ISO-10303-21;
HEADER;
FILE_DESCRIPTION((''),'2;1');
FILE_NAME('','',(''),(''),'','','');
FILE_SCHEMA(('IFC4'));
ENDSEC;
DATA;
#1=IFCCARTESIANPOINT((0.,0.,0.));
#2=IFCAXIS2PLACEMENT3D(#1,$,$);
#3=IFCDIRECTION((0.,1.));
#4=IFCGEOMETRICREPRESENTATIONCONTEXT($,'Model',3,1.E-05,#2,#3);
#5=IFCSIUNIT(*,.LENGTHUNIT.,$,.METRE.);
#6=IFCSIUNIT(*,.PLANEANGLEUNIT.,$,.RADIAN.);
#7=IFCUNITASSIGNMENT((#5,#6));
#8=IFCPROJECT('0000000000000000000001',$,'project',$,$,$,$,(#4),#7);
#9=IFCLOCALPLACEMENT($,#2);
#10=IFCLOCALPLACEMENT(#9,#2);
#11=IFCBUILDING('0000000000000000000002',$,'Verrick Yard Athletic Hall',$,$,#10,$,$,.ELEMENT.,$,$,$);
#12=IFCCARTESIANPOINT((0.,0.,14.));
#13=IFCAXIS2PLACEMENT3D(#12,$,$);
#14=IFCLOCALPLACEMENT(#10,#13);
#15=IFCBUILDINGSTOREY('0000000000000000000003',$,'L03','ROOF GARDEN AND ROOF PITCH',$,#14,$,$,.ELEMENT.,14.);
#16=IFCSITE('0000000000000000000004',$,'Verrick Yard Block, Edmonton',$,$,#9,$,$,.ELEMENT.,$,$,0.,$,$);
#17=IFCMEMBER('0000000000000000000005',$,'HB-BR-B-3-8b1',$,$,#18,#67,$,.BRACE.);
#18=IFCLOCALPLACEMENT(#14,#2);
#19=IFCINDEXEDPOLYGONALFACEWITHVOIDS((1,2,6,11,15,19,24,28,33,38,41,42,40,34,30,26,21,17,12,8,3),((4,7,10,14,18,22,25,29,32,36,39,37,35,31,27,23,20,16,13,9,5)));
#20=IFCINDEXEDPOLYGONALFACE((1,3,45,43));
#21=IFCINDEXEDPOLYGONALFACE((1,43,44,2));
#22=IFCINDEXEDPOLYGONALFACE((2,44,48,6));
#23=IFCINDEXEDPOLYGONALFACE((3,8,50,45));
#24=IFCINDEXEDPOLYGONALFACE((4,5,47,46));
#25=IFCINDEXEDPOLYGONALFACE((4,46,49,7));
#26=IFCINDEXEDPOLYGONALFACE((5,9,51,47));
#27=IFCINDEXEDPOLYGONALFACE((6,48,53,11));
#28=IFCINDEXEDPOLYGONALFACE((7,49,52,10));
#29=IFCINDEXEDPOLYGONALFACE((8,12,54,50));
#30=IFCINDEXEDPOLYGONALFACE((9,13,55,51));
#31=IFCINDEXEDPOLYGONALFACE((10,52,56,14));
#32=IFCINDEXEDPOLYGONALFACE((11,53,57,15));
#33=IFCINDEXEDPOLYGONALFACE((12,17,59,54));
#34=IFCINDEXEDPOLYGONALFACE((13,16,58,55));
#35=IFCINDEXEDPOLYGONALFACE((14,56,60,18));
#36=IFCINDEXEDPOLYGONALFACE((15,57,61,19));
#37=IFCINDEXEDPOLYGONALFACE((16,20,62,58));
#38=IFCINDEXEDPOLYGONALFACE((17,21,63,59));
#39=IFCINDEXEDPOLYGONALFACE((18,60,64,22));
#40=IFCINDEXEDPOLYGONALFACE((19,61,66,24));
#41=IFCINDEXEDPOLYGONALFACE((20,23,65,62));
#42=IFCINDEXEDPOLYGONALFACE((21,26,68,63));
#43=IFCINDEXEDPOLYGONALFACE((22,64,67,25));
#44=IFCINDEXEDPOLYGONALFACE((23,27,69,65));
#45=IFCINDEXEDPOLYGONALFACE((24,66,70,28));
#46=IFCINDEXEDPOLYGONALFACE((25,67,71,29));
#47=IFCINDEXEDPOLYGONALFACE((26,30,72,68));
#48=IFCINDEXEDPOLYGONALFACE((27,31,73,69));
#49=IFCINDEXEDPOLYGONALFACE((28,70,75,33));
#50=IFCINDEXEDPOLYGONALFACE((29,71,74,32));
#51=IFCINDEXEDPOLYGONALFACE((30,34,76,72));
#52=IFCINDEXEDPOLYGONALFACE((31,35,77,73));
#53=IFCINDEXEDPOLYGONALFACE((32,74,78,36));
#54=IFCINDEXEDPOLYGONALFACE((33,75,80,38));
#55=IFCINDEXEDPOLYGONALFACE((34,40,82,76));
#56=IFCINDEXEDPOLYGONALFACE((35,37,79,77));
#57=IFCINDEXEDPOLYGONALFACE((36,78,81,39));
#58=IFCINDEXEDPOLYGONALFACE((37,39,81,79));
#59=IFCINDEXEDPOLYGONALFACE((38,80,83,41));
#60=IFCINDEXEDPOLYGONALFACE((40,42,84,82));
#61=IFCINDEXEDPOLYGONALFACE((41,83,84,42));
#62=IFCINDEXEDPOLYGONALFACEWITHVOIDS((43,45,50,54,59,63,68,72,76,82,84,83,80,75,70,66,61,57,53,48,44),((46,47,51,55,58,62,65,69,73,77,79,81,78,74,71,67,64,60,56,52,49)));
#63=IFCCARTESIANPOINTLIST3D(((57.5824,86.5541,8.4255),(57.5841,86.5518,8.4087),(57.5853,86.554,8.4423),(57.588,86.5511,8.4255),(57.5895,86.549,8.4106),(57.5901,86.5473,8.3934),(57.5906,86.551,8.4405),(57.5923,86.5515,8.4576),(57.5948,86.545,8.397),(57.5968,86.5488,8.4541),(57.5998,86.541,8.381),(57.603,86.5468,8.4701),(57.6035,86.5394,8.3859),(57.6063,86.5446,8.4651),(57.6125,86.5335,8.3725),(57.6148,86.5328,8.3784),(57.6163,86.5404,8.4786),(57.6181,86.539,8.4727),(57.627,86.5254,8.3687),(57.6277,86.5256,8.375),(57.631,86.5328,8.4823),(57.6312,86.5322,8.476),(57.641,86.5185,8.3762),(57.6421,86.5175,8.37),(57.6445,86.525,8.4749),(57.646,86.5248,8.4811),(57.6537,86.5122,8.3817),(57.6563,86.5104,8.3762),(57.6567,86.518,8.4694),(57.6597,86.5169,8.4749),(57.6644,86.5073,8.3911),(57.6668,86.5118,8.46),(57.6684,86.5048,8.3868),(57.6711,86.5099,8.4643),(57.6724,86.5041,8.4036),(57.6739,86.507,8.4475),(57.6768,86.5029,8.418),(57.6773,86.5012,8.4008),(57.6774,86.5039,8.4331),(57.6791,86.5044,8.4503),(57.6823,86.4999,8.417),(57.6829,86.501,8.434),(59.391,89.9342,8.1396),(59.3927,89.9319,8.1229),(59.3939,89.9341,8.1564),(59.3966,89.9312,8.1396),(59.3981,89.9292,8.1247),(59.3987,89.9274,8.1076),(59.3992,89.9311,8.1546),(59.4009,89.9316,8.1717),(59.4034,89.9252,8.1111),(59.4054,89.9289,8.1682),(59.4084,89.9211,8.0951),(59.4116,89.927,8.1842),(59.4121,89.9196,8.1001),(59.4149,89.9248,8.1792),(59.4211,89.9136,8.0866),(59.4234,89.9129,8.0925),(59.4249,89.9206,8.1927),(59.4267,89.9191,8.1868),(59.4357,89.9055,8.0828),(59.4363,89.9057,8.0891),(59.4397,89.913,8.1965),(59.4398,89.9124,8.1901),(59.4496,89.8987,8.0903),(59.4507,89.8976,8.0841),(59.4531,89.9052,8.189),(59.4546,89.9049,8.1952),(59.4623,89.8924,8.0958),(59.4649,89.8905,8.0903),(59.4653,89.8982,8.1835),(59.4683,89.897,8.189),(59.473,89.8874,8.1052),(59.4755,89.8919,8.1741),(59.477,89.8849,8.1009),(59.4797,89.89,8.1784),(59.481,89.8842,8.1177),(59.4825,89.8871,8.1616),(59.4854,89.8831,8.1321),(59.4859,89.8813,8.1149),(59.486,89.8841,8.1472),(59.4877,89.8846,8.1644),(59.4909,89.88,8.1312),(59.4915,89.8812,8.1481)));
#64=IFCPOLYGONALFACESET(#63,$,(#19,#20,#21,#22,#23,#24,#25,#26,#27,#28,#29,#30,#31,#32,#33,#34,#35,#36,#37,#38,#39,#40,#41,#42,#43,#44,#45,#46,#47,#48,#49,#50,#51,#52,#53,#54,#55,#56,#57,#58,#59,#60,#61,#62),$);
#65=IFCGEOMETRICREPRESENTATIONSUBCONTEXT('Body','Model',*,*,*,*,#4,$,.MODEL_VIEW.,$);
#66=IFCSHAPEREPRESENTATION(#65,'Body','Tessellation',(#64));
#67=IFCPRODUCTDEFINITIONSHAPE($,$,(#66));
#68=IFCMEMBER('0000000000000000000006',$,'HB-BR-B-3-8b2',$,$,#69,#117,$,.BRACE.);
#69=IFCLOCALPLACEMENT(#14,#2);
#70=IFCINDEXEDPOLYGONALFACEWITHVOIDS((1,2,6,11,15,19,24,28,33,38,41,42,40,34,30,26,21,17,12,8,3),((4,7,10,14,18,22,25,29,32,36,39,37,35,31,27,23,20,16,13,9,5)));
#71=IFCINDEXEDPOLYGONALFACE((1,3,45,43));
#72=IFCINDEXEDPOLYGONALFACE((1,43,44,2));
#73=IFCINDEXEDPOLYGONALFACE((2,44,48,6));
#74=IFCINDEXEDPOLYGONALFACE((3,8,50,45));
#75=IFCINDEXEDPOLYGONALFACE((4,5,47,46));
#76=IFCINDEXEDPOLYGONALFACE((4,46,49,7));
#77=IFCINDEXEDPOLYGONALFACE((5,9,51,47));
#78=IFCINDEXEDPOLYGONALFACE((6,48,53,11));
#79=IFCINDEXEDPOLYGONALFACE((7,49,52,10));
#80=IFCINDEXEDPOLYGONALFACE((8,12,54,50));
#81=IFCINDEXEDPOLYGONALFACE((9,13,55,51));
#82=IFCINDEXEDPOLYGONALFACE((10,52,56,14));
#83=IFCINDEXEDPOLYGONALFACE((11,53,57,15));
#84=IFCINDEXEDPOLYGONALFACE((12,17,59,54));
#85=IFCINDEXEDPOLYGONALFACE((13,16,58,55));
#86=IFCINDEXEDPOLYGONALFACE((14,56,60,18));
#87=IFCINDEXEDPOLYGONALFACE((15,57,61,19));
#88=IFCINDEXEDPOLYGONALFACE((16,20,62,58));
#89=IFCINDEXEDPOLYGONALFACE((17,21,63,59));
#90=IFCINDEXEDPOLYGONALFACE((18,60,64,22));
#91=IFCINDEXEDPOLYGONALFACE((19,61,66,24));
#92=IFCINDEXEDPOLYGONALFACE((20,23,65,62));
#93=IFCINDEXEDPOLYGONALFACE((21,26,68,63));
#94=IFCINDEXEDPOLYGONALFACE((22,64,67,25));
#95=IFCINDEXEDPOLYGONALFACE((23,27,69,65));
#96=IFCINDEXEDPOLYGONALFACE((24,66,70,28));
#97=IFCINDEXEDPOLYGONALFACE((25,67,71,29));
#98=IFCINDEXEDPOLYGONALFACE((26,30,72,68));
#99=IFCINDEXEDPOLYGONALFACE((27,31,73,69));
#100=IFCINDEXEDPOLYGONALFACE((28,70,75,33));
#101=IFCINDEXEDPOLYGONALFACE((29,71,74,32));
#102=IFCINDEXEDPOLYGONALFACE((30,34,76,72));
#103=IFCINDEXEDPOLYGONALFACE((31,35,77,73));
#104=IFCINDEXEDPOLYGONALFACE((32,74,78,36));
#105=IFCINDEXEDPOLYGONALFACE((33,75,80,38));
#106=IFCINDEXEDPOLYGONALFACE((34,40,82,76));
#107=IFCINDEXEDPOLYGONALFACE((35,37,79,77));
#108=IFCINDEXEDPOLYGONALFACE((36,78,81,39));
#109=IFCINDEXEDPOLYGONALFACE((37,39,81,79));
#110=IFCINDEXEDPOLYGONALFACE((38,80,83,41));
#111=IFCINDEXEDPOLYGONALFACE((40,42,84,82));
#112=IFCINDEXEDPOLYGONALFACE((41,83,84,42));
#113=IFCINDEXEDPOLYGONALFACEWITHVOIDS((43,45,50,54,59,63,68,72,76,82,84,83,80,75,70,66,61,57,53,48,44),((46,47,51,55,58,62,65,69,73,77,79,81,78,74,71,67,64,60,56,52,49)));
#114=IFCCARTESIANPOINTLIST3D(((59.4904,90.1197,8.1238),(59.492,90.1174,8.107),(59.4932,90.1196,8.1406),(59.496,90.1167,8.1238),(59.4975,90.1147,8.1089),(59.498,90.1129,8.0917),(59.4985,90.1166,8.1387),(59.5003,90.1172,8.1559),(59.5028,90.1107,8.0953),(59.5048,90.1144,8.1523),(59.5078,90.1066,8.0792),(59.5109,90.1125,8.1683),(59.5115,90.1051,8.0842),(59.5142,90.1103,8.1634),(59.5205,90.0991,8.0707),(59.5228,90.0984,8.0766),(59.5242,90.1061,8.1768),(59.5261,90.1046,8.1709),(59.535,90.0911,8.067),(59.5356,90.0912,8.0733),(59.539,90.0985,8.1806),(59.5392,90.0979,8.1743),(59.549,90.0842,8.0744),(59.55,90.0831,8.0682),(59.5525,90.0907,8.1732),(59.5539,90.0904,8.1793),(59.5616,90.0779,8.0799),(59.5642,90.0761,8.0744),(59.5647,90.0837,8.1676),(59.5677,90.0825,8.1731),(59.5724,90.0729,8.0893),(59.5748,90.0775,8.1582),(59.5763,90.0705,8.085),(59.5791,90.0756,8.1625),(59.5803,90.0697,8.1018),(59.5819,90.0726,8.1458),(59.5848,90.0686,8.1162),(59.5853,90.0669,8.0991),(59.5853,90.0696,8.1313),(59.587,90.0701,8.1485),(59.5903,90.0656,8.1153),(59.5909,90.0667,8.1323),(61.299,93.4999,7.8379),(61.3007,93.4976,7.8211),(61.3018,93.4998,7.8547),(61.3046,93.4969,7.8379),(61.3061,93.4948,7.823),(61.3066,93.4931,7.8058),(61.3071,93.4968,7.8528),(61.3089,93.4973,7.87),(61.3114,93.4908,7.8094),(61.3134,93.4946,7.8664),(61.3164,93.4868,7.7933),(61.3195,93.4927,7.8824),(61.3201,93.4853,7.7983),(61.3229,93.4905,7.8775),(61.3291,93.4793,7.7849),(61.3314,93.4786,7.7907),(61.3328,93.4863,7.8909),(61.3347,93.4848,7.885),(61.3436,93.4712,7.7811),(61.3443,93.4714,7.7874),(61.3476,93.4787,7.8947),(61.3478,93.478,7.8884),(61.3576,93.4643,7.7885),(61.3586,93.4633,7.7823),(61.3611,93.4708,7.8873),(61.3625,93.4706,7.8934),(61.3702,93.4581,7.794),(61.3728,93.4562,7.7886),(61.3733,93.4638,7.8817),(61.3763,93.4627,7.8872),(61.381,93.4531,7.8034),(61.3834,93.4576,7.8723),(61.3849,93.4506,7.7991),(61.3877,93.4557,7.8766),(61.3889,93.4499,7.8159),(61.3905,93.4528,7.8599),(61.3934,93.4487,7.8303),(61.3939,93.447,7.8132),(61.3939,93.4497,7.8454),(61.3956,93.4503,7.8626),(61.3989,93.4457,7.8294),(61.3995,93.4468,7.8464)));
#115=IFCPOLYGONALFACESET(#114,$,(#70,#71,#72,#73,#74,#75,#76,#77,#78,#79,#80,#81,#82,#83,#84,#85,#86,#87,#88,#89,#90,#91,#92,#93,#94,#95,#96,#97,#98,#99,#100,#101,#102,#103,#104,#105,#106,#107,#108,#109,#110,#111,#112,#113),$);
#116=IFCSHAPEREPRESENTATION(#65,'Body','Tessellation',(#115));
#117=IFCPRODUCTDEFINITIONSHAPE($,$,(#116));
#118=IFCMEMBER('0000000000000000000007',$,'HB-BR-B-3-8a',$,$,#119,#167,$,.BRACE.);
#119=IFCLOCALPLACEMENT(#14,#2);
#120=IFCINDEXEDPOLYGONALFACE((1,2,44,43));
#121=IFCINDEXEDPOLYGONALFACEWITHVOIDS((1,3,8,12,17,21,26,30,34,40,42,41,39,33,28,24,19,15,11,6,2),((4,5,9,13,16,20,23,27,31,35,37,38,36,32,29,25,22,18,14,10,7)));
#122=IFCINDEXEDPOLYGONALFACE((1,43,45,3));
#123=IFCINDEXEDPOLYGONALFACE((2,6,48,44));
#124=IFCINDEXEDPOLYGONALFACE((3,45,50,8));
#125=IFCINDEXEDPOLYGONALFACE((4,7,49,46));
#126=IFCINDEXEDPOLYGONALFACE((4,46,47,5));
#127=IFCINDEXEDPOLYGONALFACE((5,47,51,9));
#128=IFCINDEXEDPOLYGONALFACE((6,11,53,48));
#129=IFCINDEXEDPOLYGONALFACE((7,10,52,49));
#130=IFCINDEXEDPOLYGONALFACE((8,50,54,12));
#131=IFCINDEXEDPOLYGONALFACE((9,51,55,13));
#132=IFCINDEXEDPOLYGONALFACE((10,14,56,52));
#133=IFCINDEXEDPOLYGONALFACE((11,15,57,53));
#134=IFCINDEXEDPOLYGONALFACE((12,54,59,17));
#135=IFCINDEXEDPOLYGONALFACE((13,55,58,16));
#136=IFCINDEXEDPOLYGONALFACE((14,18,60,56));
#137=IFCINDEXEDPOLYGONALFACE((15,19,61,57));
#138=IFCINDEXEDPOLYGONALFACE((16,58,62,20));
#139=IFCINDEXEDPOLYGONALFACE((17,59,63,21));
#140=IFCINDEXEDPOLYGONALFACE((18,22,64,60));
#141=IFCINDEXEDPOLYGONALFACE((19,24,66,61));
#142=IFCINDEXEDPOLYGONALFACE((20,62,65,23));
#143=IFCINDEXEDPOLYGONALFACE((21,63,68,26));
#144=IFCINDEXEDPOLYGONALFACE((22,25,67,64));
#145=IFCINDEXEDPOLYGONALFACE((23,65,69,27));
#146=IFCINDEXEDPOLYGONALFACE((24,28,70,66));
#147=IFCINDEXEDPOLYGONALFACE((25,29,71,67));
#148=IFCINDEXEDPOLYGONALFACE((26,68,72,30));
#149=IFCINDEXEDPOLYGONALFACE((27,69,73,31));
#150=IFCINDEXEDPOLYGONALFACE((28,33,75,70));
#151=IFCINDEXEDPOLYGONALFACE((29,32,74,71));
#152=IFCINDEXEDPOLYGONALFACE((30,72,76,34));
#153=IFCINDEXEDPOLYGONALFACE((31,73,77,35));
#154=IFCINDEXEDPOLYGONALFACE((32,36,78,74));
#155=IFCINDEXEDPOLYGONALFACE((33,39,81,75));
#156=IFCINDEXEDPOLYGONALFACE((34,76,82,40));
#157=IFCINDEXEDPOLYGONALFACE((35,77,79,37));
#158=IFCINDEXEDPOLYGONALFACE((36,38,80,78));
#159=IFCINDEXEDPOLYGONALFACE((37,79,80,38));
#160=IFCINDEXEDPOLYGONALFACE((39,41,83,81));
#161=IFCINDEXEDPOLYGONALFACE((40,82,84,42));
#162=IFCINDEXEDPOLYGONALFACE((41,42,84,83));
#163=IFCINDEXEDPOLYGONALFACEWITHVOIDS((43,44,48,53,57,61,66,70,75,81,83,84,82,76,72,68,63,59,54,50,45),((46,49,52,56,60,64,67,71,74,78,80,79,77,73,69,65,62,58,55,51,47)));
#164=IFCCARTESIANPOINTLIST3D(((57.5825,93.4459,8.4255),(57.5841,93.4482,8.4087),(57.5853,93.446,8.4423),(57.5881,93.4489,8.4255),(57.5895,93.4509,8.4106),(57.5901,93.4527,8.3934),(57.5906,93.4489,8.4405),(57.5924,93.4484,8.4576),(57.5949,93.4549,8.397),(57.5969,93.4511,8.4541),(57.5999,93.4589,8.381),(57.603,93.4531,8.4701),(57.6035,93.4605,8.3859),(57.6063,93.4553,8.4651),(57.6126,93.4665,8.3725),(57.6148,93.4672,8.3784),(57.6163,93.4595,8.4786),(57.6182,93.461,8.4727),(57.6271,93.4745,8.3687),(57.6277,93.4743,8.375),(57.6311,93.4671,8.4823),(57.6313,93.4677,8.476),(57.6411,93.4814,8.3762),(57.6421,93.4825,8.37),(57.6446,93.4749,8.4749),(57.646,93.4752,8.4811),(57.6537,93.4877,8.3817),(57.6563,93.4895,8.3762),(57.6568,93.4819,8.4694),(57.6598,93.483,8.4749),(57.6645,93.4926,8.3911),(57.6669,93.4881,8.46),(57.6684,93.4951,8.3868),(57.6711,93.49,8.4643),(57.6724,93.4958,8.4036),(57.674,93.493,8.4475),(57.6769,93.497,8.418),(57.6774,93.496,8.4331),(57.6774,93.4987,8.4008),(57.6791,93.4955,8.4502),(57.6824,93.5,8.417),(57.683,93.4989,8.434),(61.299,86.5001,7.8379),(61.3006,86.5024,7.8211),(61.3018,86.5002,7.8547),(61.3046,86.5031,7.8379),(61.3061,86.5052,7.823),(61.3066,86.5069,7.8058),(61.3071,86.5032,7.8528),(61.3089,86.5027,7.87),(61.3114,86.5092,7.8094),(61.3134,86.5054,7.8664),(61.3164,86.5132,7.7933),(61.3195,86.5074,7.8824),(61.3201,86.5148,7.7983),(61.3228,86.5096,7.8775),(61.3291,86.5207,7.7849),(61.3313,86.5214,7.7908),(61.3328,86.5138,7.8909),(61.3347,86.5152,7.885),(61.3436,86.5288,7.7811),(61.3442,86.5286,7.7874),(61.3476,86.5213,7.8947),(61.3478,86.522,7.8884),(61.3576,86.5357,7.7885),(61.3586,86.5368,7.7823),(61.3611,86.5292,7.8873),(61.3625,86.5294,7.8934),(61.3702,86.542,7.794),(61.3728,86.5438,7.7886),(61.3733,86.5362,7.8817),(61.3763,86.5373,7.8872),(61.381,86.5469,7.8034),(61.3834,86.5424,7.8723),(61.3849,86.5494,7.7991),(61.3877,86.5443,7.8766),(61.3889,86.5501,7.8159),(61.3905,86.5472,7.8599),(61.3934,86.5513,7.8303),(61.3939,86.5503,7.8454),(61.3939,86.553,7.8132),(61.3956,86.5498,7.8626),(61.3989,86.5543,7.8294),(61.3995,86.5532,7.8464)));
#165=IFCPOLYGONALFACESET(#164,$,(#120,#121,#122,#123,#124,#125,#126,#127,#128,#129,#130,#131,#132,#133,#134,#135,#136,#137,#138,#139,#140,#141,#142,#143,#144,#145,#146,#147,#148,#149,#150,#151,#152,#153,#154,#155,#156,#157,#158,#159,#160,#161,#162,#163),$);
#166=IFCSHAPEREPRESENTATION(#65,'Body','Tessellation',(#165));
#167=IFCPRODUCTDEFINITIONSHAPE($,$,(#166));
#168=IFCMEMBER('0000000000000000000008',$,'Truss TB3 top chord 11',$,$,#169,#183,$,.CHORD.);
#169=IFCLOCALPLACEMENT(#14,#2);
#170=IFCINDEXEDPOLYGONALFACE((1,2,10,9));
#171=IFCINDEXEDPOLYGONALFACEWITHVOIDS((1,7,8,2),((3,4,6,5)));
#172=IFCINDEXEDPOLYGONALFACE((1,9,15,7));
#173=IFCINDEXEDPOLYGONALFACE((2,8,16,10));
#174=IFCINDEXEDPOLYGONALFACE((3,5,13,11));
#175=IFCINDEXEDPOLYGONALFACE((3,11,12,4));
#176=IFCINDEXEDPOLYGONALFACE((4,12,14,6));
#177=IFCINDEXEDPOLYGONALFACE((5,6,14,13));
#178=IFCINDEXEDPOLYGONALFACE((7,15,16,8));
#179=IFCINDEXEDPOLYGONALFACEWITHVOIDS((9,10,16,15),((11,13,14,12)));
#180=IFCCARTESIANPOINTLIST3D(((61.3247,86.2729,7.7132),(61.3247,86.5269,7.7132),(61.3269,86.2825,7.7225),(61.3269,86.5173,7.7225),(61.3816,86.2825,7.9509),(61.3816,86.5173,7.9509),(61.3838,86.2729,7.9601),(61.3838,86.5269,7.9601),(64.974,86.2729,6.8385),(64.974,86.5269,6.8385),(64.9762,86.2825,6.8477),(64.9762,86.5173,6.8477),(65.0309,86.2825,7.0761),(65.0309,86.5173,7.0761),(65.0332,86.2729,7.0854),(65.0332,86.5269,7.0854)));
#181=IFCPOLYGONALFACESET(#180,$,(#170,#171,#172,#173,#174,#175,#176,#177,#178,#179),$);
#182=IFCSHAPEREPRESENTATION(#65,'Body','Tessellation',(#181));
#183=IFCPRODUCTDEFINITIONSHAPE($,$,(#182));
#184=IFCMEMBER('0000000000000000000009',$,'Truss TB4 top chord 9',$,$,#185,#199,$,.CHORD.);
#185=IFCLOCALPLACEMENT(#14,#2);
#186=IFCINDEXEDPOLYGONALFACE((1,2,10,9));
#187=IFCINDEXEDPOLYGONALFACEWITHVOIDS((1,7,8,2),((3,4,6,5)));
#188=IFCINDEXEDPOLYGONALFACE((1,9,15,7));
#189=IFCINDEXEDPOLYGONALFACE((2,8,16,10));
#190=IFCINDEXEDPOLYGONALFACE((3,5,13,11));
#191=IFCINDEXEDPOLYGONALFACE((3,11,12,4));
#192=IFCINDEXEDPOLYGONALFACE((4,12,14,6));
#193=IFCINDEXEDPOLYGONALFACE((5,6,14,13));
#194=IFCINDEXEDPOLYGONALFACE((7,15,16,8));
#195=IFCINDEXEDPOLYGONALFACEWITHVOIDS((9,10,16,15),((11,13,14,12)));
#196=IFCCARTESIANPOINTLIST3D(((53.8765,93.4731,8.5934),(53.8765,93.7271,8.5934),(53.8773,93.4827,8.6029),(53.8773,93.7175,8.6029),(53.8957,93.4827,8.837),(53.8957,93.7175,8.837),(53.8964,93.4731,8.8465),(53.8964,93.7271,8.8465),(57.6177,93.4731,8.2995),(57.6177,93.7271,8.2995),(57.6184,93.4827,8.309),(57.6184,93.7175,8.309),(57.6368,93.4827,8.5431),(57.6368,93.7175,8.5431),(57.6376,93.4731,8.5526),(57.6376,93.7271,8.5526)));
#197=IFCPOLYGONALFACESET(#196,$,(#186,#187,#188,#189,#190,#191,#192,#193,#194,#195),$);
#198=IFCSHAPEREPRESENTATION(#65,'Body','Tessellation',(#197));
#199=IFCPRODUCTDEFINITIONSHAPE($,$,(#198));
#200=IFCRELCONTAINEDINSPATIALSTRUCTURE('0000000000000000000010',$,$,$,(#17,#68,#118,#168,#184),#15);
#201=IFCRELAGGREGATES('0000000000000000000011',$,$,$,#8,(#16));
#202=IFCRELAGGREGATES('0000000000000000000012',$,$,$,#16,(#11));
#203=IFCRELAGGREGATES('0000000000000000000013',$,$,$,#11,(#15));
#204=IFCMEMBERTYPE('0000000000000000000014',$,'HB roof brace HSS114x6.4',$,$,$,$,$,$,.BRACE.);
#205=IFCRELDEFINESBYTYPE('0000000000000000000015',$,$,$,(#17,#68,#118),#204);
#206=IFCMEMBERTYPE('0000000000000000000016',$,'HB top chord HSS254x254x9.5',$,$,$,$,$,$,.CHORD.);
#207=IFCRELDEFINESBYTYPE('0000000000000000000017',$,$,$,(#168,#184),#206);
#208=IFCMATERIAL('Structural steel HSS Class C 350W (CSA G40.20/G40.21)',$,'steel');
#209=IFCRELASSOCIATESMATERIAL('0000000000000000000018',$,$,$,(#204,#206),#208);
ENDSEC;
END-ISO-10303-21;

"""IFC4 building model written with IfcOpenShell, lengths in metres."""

from ifc_helpers import new_model, si_unit, direction, frame, origin, origin_2d, place, context, subcontext, project, spatial, hollow_rectangle, hollow_circle, extrude, material, material_profile, profile_set, type_object, element, save


model = new_model("IFC4")

# Units and contexts
model_context = context("Model", 3, precision=1e-05, world=origin(), true_north=direction((0.0, 1.0)))
body_context = subcontext(model_context, "Body", "Model", "MODEL_VIEW")
ifc_project = project(units=[si_unit("LENGTHUNIT", "METRE"), si_unit("PLANEANGLEUNIT", "RADIAN")], contexts=[model_context])

# Site, building, storey
site_placement = place(None, origin())
site = spatial("IfcSite", under=ifc_project, at=site_placement, Name="Verrick Yard Block, Edmonton", CompositionType="ELEMENT", RefElevation=0.0)
building_placement = place(site_placement, origin())
building = spatial("IfcBuilding", under=site, at=building_placement, Name="Verrick Yard Athletic Hall", CompositionType="ELEMENT")
storey_placement = place(building_placement, frame((0.0, 0.0, 14.0)))
storey = spatial("IfcBuildingStorey", under=building, at=storey_placement, Name="L03", Description="ROOF GARDEN AND ROOF PITCH", CompositionType="ELEMENT", Elevation=14.0)

# Members
ifc_material_1 = material(Name="Structural steel HSS Class C 350W (CSA G40.20/G40.21)", Category="steel")
ifc_material_profile_1 = material_profile(ifc_material_1, hollow_circle(Radius=0.0571, WallThickness=0.0063, at=origin_2d()), Name="HSS114x6.4")
ifc_profile_set_1 = profile_set([ifc_material_profile_1], Name="Structural steel HSS Class C 350W (CSA G40.20/G40.21)")
member_type_1 = type_object("IfcMemberType", Name="HB roof brace HSS114x6.4", PredefinedType="BRACE", material=ifc_profile_set_1)
for number, where, z_axis, x_axis, name in (
    (1, (57.6328, 86.5271, 8.4255), (0.470471, 0.879276, -0.074369), (-0.881717, 0.471778, 0.0), "HB-BR-B-3-8b1"),
    (2, (59.5408, 90.0928, 8.1238), (0.470471, 0.879276, -0.074369), (-0.881717, 0.471778, 0.0), "HB-BR-B-3-8b2"),
):
    element("IfcMember", number, at=place(storey_placement, frame(where, z_axis=z_axis, x_axis=x_axis)), inside=storey, type_object=member_type_1, Name=name, PredefinedType="BRACE", context=body_context, shape_type="SweptSolid", body=[
        extrude(hollow_circle(Radius=0.0571, WallThickness=0.0063, at=origin_2d()), origin(), (0.0, 0.0, 1.0), 3.8442),
    ])
member_1_placement = place(storey_placement, frame((61.3494, 86.5271, 7.8379), z_axis=(-0.470479, 0.87927, 0.07439), x_axis=(-0.881713, -0.471786, 0.0)))
element("IfcMember", 3, at=member_1_placement, inside=storey, type_object=member_type_1, Name="HB-BR-B-3-8a", PredefinedType="BRACE", context=body_context, shape_type="SweptSolid", body=[
    extrude(hollow_circle(Radius=0.0571, WallThickness=0.0063, at=origin_2d()), origin(), (0.0, 0.0, 1.0), 7.8994),
])
ifc_material_profile_2 = material_profile(ifc_material_1, hollow_rectangle(XDim=0.2539, YDim=0.2539, WallThickness=0.0095, at=origin_2d()), Name="HSS254x254x9.5")
ifc_profile_set_2 = profile_set([ifc_material_profile_2], Name="Structural steel HSS Class C 350W (CSA G40.20/G40.21)")
member_type_2 = type_object("IfcMemberType", Name="HB top chord HSS254x254x9.5", PredefinedType="CHORD", material=ifc_profile_set_2)
for number, where, z_axis, x_axis, name in (
    (4, (61.3542, 86.3999, 7.8367), (0.972454, 0.0, -0.233095), (0.0, 1.0, 0.0), "Truss TB3 top chord 11"),
    (5, (53.8865, 93.6001, 8.72), (0.996928, 0.0, -0.078328), (0.0, 1.0, 0.0), "Truss TB4 top chord 9"),
):
    element("IfcMember", number, at=place(storey_placement, frame(where, z_axis=z_axis, x_axis=x_axis)), inside=storey, type_object=member_type_2, Name=name, PredefinedType="CHORD", context=body_context, shape_type="SweptSolid", body=[
        extrude(hollow_rectangle(XDim=0.2539, YDim=0.2539, WallThickness=0.0095, at=origin_2d()), origin(), (0.0, 0.0, 1.0), 3.7527),
    ])

save(model, "model.ifc")
